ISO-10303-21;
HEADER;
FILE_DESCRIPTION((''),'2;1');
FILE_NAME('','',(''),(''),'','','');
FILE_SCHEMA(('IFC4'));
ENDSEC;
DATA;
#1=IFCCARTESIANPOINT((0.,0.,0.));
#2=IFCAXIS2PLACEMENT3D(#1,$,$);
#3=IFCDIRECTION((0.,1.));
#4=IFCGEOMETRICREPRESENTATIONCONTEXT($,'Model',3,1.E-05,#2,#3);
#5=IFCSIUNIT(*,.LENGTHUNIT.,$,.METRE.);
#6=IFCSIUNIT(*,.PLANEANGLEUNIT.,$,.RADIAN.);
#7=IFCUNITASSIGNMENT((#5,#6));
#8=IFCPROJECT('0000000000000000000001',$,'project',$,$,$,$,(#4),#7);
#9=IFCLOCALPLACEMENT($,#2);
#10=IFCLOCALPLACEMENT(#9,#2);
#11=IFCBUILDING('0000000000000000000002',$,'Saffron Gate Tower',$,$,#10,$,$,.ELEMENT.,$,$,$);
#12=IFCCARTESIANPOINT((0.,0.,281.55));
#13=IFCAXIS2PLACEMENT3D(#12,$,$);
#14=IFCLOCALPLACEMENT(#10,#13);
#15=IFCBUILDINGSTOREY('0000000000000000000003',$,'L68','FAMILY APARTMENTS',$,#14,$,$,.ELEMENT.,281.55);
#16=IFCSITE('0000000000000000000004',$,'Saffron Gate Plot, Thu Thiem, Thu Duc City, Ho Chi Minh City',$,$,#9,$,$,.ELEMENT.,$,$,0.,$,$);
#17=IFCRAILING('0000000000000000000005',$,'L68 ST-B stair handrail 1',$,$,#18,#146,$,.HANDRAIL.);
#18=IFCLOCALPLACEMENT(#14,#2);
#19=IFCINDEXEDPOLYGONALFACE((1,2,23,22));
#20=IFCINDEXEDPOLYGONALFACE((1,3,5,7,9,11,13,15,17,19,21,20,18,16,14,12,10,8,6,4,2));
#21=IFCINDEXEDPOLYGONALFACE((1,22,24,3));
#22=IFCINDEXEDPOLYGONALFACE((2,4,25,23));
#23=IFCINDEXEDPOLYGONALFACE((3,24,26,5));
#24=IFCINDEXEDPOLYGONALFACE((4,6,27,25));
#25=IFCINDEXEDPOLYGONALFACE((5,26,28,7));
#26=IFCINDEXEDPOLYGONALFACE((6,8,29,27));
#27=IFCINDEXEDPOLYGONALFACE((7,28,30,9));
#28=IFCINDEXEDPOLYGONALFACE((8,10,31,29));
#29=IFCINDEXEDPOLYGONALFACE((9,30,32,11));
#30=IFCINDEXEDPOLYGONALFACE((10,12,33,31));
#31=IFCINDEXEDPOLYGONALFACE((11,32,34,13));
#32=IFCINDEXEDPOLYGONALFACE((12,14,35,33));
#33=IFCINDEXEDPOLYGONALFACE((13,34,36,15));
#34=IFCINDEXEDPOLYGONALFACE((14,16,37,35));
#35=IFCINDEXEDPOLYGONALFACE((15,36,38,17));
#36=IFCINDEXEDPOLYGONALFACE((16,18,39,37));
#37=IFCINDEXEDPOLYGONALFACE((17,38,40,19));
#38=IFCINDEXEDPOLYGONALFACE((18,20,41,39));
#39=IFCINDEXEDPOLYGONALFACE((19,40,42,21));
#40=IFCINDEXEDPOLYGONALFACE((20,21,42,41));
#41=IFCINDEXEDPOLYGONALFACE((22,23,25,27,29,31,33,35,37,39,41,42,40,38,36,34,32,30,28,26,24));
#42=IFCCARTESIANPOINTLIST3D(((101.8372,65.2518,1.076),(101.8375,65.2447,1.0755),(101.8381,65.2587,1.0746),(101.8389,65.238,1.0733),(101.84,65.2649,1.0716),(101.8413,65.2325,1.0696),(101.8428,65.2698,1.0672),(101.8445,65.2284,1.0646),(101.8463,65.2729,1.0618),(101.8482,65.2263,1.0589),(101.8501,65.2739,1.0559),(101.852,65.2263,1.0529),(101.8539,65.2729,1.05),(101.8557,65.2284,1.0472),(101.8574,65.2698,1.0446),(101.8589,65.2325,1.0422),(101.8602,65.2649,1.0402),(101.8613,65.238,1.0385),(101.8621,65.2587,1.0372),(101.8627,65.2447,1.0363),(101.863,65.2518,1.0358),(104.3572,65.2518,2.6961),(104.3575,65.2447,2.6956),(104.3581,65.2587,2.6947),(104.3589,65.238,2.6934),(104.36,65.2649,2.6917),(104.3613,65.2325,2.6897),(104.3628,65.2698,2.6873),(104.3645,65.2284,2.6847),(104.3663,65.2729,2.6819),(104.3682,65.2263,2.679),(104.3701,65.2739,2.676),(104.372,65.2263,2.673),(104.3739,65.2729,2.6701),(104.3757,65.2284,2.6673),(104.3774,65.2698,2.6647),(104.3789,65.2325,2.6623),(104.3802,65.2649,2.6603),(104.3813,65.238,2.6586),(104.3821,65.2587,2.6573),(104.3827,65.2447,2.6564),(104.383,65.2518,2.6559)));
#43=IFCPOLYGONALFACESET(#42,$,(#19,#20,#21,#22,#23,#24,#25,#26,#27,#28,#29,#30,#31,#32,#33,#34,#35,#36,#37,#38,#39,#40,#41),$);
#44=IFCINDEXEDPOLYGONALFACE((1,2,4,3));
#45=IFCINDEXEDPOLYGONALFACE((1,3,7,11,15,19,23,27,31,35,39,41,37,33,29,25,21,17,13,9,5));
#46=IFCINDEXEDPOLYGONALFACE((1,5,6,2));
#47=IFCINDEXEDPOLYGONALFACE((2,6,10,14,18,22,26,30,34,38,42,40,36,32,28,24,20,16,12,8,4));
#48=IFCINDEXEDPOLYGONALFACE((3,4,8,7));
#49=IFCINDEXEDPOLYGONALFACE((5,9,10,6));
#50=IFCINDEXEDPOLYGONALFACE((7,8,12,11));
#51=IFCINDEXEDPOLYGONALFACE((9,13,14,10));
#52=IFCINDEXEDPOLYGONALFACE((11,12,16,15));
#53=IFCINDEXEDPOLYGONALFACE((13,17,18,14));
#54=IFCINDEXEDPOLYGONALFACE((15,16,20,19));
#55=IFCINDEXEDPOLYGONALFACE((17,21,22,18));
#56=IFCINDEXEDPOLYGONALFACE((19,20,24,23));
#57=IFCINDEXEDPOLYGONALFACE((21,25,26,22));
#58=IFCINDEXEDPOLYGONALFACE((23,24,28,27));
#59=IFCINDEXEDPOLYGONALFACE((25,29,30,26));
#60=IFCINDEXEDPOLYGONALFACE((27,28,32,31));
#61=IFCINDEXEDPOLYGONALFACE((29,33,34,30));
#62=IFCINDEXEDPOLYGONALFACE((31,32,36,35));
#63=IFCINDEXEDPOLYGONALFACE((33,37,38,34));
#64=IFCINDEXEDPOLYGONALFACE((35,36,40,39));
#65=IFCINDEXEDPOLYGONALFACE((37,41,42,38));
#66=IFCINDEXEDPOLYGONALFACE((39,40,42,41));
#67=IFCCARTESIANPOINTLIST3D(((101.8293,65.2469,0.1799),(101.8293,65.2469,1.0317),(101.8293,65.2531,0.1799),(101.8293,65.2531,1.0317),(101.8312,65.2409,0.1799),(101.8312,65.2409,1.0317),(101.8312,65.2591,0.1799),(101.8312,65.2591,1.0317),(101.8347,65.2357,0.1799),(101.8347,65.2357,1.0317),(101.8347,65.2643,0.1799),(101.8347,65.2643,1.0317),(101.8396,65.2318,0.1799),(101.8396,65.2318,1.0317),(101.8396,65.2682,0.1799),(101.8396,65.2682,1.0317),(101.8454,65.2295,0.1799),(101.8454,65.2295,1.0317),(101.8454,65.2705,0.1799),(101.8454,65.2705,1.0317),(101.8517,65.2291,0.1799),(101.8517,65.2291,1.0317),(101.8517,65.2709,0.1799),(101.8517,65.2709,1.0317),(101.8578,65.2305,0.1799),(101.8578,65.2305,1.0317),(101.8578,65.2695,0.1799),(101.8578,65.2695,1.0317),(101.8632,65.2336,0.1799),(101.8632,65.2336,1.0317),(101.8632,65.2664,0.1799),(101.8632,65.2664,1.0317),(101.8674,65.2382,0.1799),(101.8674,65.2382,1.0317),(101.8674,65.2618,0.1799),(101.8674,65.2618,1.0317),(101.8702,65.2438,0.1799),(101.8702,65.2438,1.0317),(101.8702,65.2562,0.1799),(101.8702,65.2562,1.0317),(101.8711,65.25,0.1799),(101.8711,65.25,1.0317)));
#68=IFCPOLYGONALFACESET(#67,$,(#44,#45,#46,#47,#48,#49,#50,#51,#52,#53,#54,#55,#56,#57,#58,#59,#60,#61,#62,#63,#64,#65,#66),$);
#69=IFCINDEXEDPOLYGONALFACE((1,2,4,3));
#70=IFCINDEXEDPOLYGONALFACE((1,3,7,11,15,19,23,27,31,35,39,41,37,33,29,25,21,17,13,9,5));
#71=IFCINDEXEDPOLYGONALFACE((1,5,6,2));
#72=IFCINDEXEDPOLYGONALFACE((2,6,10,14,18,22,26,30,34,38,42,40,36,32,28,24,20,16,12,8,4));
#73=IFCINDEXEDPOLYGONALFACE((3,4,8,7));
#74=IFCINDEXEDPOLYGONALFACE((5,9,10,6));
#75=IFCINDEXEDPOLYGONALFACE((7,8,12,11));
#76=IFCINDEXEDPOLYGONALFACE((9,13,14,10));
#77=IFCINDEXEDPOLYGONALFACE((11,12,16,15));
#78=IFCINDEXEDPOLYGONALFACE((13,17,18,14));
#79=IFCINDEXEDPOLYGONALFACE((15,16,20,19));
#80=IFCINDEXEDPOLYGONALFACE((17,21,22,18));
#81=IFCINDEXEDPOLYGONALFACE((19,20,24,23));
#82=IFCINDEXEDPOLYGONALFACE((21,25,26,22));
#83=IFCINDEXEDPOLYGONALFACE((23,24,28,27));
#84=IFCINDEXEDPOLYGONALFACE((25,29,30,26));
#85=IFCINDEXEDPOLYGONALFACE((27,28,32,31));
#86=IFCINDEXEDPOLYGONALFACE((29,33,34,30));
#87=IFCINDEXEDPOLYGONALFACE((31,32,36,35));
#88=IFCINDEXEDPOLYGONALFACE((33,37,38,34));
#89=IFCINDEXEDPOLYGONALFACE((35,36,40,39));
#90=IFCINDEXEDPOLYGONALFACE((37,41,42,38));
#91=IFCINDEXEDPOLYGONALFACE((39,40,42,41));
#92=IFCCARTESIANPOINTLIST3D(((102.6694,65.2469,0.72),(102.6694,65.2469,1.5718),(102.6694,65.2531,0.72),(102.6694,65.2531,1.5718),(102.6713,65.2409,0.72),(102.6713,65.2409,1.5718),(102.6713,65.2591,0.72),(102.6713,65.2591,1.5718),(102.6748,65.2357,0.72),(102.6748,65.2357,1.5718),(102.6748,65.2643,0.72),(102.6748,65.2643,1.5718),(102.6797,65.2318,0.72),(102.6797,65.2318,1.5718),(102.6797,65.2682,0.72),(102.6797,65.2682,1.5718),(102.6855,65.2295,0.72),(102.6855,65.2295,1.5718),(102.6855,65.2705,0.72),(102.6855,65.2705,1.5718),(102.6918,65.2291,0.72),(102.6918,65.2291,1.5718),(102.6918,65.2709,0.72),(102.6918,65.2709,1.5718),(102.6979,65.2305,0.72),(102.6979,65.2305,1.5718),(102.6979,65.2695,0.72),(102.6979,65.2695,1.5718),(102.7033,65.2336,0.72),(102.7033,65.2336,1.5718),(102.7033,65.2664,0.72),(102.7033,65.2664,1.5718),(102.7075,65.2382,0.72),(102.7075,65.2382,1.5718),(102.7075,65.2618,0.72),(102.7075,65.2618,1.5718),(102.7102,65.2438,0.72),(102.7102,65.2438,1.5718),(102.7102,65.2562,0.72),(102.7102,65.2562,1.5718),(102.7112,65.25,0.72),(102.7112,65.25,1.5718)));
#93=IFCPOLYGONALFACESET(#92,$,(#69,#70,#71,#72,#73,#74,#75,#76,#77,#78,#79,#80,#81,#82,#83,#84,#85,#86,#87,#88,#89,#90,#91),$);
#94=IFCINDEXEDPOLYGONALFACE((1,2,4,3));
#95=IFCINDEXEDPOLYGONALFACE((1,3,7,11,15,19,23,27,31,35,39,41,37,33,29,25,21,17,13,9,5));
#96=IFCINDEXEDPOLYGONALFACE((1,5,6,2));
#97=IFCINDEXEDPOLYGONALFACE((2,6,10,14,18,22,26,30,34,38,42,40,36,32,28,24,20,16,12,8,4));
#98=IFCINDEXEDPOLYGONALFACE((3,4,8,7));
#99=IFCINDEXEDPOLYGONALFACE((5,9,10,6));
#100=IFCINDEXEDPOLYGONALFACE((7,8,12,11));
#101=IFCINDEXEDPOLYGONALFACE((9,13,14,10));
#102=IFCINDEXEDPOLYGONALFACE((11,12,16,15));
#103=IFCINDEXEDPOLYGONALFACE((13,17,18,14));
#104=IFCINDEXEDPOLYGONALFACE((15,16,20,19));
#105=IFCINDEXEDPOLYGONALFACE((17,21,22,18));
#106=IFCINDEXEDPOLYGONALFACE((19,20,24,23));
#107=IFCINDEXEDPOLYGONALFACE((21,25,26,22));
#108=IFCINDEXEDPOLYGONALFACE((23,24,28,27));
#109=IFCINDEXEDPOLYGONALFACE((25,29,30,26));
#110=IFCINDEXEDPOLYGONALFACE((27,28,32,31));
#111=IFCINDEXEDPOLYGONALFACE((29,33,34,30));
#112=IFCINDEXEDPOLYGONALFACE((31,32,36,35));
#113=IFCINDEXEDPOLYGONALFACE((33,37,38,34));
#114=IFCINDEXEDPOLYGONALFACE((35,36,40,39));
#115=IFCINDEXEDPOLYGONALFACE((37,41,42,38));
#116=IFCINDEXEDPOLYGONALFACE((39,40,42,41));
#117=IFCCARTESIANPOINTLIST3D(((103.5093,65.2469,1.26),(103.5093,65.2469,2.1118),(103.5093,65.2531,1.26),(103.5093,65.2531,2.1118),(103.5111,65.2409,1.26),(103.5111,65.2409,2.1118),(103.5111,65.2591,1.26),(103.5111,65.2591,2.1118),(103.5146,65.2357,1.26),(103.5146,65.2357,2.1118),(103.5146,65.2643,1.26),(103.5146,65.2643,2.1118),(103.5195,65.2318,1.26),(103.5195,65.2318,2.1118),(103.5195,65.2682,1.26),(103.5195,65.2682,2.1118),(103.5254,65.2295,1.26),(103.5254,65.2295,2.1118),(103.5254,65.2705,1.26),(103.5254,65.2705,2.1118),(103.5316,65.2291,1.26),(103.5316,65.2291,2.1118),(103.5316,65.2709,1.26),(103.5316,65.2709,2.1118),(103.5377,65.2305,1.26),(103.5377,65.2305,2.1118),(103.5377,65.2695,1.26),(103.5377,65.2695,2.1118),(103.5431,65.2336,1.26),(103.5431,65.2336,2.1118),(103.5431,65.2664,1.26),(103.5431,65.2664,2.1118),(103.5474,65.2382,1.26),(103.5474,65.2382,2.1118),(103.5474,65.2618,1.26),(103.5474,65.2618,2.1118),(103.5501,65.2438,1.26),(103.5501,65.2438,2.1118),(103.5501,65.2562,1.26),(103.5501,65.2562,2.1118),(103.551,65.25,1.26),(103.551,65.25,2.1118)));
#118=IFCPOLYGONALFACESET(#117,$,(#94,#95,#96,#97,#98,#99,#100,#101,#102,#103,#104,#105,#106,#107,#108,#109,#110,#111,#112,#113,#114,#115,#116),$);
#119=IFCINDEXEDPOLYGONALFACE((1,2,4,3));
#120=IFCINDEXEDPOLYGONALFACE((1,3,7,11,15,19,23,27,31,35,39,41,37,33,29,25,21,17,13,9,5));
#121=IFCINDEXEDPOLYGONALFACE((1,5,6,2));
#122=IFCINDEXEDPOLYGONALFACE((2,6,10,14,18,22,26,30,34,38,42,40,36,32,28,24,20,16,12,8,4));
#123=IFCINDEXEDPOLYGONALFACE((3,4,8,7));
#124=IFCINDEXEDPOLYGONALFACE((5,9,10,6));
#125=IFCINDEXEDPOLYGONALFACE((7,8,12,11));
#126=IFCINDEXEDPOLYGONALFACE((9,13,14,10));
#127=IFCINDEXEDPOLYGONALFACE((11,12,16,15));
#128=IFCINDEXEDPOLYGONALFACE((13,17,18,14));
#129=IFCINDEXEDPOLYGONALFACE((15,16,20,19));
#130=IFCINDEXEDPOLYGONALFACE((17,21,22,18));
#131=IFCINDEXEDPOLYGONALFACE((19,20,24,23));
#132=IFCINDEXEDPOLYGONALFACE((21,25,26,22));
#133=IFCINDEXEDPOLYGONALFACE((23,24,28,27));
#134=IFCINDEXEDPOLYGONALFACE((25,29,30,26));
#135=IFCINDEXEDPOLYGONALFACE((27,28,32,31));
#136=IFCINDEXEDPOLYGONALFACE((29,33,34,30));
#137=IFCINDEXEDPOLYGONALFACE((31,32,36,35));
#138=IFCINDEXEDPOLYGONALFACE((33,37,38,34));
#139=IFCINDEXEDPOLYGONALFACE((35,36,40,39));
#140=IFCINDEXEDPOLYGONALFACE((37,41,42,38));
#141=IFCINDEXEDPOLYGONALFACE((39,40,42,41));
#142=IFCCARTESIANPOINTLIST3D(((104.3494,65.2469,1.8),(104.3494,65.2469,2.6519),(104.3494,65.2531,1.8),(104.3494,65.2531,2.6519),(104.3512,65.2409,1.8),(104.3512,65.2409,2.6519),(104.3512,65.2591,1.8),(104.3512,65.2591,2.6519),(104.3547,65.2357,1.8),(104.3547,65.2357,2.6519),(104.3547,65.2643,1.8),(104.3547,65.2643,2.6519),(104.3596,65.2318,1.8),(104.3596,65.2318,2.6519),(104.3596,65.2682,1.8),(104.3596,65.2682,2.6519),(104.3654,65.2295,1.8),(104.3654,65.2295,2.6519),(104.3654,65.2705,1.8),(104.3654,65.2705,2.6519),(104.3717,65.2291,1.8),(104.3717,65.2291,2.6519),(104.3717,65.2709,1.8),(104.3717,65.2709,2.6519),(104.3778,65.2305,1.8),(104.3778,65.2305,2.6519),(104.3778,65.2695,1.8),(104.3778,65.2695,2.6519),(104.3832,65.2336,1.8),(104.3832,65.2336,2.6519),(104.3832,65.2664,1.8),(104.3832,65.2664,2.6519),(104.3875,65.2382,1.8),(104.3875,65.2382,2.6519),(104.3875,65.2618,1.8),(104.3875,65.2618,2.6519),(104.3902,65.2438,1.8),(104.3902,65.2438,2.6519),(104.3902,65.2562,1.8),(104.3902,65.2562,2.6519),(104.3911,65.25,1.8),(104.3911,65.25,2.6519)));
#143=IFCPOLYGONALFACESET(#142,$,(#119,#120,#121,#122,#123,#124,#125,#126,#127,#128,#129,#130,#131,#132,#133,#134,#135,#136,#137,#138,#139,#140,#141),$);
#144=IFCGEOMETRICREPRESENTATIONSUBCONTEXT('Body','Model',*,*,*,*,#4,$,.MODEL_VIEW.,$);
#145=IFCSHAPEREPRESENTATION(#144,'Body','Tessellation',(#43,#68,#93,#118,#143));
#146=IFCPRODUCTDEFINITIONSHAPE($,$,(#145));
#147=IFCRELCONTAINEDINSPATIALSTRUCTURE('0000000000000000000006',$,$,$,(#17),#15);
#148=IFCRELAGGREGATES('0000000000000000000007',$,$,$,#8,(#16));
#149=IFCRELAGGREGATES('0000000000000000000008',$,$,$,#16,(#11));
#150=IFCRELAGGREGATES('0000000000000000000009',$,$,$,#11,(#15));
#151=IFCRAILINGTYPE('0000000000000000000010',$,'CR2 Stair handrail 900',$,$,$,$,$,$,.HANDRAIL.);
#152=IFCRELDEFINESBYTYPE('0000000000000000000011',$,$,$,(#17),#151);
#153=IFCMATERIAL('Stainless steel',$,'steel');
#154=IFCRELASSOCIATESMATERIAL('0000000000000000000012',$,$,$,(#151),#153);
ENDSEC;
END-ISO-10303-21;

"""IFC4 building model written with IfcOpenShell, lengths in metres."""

from ifc_helpers import new_model, si_unit, direction, frame, origin, origin_2d, place, context, subcontext, project, spatial, circle, extrude, material, type_object, element, save


model = new_model("IFC4")

# Units and contexts
model_context = context("Model", 3, precision=1e-05, world=origin(), true_north=direction((0.0, 1.0)))
body_context = subcontext(model_context, "Body", "Model", "MODEL_VIEW")
ifc_project = project(units=[si_unit("LENGTHUNIT", "METRE"), si_unit("PLANEANGLEUNIT", "RADIAN")], contexts=[model_context])

# Site, building, storey
site_placement = place(None, origin())
site = spatial("IfcSite", under=ifc_project, at=site_placement, Name="Saffron Gate Plot, Thu Thiem, Thu Duc City, Ho Chi Minh City", CompositionType="ELEMENT", RefElevation=0.0)
building_placement = place(site_placement, origin())
building = spatial("IfcBuilding", under=site, at=building_placement, Name="Saffron Gate Tower", CompositionType="ELEMENT")
storey_placement = place(building_placement, frame((0.0, 0.0, 281.55)))
storey = spatial("IfcBuildingStorey", under=building, at=storey_placement, Name="L68", Description="FAMILY APARTMENTS", CompositionType="ELEMENT", Elevation=281.55)

# Railing
ifc_material_1 = material(Name="Stainless steel", Category="steel")
railing_type_1 = type_object("IfcRailingType", Name="CR2 Stair handrail 900", PredefinedType="HANDRAIL", material=ifc_material_1)
railing_1_placement = place(storey_placement, frame((101.8501, 65.25, 0.1799)))
element("IfcRailing", 1, at=railing_1_placement, inside=storey, type_object=railing_type_1, Name="L68 ST-B stair handrail 1", PredefinedType="HANDRAIL", context=body_context, shape_type="SweptSolid", body=[
    extrude(circle(Radius=0.0239, at=origin_2d()), frame((0.0, 0.0, 0.876), z_axis=(0.841163, 0.0, 0.540782), x_axis=(0.0, 1.0, 0.0)), (0.0, 0.0, 1.0), 2.9958),
    extrude(circle(Radius=0.021, at=origin_2d()), origin(), (0.0, 0.0, 1.0), 0.8518),
    extrude(circle(Radius=0.021, at=origin_2d()), frame((0.8401, 0.0, 0.54)), (0.0, 0.0, 1.0), 0.8518),
    extrude(circle(Radius=0.021, at=origin_2d()), frame((1.6799, 0.0, 1.0801)), (0.0, 0.0, 1.0), 0.8518),
    extrude(circle(Radius=0.021, at=origin_2d()), frame((2.52, 0.0, 1.6201)), (0.0, 0.0, 1.0), 0.8518),
])

save(model, "model.ifc")
